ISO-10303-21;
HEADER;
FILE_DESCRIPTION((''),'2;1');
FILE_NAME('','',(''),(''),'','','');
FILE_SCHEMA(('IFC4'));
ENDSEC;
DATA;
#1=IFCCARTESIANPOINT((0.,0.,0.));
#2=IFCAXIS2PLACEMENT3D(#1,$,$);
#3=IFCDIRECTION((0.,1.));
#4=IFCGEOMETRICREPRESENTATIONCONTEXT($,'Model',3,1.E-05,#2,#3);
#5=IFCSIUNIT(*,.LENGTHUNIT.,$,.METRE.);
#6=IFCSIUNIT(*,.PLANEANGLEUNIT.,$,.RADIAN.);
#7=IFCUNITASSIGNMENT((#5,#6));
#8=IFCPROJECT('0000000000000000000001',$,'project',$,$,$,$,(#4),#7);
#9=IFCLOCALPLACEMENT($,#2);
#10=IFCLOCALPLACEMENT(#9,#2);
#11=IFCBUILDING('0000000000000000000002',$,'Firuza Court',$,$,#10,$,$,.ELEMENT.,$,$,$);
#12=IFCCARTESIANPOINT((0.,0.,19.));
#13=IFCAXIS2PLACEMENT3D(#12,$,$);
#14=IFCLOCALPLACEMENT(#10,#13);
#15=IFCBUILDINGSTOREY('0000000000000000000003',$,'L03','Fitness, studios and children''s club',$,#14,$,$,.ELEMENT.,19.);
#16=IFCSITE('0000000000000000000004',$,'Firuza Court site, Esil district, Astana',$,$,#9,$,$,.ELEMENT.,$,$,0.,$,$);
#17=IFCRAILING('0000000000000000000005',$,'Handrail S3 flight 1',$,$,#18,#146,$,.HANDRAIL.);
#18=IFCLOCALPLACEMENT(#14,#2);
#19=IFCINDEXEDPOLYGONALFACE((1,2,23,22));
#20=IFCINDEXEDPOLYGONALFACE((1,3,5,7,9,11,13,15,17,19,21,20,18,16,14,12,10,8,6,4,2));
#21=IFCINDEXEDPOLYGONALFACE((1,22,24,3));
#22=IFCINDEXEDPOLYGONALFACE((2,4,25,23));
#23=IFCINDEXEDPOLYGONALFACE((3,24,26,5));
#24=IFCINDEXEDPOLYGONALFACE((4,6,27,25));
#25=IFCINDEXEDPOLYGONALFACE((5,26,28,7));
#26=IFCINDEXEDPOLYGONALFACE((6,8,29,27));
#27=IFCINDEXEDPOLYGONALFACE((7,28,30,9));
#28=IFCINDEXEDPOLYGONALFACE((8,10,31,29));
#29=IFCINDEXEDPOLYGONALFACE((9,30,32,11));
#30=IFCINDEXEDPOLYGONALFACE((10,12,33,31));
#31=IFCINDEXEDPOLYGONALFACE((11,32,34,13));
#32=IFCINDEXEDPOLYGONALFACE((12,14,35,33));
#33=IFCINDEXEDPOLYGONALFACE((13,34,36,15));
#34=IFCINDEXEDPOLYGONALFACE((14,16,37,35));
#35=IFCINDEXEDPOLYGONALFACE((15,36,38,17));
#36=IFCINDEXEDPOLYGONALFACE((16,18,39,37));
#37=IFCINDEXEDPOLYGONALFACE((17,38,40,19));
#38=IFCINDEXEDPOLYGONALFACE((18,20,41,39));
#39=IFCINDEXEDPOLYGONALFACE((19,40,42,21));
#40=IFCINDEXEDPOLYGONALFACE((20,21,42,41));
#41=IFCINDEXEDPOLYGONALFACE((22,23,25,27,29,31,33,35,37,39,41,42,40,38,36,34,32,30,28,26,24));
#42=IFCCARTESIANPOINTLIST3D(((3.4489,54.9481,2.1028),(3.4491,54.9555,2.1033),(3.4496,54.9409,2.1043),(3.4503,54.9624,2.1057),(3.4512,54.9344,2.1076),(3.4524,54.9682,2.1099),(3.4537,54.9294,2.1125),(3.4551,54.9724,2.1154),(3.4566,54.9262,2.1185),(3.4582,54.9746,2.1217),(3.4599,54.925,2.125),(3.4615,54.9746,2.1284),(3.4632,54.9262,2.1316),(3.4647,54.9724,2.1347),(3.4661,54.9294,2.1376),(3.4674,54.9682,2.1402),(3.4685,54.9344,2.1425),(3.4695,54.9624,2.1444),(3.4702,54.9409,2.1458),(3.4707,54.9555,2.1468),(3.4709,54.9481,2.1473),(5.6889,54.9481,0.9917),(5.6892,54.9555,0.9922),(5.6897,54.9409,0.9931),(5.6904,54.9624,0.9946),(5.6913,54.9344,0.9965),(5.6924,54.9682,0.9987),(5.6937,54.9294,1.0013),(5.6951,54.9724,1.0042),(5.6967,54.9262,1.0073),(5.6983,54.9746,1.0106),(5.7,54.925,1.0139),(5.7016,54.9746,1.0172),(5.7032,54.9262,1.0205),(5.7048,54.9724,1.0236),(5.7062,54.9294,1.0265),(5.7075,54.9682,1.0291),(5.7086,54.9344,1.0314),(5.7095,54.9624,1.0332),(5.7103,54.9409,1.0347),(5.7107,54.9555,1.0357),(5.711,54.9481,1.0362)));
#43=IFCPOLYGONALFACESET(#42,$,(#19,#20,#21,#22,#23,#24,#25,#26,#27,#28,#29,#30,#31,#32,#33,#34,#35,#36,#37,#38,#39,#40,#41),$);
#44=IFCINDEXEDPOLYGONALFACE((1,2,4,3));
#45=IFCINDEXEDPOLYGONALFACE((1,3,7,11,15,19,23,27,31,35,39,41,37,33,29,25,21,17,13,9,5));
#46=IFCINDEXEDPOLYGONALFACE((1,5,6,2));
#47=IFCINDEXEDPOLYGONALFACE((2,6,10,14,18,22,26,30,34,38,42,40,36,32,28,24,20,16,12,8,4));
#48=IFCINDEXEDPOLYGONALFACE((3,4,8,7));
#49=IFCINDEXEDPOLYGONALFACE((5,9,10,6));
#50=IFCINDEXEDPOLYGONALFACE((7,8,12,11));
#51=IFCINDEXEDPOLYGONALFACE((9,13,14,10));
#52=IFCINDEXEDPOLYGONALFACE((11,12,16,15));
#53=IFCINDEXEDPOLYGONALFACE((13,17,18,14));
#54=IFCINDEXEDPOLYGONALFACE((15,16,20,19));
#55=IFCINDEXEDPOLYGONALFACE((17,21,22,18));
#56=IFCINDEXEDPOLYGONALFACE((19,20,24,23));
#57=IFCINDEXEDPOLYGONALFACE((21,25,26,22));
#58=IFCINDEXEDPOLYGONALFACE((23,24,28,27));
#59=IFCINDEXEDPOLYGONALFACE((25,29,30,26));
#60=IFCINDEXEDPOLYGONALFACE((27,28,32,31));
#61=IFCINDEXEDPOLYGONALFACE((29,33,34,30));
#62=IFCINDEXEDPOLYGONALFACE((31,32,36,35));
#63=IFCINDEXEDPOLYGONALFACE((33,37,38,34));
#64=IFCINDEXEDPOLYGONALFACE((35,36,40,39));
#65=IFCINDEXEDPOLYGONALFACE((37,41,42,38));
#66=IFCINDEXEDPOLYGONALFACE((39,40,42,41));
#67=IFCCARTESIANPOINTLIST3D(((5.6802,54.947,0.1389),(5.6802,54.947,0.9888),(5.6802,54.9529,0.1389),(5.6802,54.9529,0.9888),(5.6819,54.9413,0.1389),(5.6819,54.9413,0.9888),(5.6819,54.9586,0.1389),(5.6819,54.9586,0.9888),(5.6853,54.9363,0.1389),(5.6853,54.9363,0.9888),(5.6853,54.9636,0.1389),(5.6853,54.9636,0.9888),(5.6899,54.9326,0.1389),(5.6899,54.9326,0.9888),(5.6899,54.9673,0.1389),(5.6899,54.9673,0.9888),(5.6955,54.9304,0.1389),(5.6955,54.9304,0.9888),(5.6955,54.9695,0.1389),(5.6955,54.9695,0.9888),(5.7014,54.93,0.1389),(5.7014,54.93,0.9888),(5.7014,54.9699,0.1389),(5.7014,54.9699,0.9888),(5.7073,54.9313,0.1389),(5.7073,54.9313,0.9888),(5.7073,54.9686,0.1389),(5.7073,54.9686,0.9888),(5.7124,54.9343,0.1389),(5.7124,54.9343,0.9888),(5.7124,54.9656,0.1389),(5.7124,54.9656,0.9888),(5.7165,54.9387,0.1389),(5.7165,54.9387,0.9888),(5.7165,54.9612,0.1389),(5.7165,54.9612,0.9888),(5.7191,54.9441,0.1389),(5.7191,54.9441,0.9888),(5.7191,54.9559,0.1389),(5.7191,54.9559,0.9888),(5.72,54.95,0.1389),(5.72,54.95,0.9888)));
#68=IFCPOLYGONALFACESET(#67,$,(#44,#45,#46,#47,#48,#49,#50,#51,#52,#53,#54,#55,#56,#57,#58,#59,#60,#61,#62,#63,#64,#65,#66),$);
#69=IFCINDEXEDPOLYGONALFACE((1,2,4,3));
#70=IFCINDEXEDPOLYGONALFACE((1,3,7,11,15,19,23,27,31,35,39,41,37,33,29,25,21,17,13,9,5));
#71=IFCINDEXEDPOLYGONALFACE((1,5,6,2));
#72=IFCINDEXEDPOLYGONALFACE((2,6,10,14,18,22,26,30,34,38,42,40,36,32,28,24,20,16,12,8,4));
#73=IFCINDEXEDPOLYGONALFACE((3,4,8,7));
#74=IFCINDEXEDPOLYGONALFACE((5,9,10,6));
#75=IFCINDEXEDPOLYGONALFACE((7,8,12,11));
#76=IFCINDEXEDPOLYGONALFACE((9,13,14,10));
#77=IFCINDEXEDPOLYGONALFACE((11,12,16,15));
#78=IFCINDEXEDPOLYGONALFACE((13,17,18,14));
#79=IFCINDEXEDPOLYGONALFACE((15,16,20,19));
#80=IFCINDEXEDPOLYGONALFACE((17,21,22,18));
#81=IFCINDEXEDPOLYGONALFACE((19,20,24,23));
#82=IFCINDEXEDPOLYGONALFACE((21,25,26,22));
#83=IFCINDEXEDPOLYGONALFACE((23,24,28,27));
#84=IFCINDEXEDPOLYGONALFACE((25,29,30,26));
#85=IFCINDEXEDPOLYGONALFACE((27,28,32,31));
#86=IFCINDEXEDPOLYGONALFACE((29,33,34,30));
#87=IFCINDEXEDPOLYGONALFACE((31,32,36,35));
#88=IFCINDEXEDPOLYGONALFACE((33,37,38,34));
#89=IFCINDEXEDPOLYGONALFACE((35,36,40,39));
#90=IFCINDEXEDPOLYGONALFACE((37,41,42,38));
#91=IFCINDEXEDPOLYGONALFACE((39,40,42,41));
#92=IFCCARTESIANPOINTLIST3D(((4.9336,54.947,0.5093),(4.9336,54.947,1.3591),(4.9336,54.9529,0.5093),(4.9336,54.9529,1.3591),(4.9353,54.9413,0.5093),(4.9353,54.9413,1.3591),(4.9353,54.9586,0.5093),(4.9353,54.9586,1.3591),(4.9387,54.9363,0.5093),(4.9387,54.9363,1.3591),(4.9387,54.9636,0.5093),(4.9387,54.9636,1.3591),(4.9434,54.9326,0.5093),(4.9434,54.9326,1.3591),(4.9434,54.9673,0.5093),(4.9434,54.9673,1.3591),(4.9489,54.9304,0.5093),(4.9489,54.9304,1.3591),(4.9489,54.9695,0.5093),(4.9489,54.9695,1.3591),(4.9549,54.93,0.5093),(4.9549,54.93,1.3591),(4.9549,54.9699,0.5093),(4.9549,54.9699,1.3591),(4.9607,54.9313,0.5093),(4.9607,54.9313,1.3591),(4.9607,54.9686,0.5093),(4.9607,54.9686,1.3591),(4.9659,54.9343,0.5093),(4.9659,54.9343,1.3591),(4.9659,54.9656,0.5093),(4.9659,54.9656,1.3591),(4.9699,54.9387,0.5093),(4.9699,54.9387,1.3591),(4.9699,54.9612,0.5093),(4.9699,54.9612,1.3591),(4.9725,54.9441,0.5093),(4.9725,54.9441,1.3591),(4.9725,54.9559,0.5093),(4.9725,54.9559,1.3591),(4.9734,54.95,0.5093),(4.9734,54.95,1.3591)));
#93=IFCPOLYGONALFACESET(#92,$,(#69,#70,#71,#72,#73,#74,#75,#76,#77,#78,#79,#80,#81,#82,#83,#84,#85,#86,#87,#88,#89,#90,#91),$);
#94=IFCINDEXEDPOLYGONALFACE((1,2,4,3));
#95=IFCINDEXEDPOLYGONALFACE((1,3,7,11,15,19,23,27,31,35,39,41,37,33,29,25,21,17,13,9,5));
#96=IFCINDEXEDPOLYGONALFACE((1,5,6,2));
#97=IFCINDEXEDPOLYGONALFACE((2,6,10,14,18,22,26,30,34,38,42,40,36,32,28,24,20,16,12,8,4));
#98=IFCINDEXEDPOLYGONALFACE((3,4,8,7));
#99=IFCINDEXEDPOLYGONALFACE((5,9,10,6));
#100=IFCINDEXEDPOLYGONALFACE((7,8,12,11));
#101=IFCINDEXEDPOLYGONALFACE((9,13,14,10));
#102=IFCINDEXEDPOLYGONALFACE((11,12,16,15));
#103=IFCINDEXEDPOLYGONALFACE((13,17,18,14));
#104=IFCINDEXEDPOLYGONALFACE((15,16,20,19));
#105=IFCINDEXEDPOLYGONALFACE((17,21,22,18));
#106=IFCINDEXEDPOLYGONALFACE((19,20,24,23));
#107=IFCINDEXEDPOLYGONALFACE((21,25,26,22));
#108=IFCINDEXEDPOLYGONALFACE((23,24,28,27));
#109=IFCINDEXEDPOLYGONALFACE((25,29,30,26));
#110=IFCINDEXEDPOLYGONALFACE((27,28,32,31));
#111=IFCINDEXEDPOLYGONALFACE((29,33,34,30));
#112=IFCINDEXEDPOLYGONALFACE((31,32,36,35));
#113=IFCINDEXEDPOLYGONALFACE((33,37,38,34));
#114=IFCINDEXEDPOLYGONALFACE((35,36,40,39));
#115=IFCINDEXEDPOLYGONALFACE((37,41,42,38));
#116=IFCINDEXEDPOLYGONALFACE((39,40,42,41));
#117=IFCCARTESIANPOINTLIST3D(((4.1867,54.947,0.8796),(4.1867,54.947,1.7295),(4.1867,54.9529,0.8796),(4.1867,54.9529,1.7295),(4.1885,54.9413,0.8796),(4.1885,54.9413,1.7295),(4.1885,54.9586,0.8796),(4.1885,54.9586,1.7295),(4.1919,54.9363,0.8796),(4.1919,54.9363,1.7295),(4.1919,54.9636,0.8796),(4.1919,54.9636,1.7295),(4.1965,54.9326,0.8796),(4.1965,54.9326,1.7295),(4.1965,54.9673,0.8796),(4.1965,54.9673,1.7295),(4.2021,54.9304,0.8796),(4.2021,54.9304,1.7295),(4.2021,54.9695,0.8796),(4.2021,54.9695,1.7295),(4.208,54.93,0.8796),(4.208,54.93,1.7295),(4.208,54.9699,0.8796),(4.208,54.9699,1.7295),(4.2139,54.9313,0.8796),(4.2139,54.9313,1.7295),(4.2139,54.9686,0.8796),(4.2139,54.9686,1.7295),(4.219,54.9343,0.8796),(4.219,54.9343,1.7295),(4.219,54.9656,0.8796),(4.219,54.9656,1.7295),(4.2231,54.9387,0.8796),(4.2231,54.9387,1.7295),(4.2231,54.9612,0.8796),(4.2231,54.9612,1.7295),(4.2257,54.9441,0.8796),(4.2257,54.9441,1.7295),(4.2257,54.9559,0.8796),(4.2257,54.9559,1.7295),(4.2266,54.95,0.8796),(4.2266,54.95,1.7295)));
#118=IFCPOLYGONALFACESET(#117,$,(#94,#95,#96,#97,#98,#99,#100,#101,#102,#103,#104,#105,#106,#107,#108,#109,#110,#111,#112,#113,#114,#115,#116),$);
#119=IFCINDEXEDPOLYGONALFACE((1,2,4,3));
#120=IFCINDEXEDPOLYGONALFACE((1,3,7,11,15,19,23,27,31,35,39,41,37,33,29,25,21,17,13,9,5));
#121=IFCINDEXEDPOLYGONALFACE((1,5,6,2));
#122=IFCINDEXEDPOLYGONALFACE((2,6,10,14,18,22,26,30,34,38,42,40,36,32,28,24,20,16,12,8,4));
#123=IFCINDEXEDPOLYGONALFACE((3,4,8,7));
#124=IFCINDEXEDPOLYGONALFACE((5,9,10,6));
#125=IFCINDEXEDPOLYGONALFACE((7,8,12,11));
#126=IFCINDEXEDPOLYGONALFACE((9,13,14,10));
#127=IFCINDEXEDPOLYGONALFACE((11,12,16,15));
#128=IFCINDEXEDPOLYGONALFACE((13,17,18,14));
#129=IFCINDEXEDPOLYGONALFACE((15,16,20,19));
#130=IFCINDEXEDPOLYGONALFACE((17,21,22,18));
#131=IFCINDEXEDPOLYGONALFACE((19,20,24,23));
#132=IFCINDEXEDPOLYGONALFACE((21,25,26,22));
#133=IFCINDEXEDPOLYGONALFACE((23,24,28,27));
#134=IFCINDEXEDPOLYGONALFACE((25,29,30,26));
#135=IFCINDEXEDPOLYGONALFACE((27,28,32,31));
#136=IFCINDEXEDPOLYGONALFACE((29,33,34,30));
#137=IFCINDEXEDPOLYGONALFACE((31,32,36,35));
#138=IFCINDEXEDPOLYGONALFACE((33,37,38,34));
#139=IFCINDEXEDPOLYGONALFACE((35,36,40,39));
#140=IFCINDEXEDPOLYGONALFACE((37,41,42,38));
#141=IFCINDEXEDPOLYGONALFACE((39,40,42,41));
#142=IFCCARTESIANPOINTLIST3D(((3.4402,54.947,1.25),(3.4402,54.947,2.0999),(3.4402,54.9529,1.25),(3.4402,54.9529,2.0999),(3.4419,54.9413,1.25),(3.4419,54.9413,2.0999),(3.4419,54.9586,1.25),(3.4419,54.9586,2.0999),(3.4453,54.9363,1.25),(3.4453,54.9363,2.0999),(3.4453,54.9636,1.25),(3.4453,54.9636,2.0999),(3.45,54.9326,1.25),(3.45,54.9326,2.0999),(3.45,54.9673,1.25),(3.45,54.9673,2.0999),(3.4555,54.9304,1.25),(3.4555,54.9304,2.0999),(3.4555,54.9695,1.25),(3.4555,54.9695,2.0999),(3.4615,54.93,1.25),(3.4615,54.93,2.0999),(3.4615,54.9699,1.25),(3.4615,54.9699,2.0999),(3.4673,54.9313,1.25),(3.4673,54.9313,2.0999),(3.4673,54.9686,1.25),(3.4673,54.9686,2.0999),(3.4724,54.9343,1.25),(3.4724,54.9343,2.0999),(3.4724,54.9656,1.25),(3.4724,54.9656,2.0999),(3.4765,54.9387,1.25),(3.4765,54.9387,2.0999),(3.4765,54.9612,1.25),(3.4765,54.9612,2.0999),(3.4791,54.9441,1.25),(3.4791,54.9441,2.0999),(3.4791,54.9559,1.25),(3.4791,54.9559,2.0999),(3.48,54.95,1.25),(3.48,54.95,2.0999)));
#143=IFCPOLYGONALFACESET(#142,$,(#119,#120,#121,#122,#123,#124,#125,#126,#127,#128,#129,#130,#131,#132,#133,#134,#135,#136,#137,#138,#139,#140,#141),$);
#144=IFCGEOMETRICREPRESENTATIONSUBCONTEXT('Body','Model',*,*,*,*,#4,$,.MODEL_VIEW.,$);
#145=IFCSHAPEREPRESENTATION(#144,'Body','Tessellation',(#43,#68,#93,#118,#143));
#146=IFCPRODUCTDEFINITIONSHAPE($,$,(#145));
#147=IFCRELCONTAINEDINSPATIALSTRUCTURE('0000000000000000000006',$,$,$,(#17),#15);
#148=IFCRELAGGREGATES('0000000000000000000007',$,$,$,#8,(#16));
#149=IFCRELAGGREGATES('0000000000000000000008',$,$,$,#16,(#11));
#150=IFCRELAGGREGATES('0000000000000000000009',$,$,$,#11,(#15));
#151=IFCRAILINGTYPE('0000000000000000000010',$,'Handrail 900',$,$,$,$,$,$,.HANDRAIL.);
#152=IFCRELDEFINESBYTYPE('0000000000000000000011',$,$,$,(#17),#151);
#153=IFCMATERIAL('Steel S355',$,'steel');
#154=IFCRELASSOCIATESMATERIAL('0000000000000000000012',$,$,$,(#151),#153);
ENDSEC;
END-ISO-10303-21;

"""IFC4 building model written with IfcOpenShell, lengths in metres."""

from ifc_helpers import new_model, si_unit, direction, frame, origin, origin_2d, place, context, subcontext, project, spatial, circle, extrude, material, type_object, element, save


model = new_model("IFC4")

# Units and contexts
model_context = context("Model", 3, precision=1e-05, world=origin(), true_north=direction((0.0, 1.0)))
body_context = subcontext(model_context, "Body", "Model", "MODEL_VIEW")
ifc_project = project(units=[si_unit("LENGTHUNIT", "METRE"), si_unit("PLANEANGLEUNIT", "RADIAN")], contexts=[model_context])

# Site, building, storey
site_placement = place(None, origin())
site = spatial("IfcSite", under=ifc_project, at=site_placement, Name="Firuza Court site, Esil district, Astana", CompositionType="ELEMENT", RefElevation=0.0)
building_placement = place(site_placement, origin())
building = spatial("IfcBuilding", under=site, at=building_placement, Name="Firuza Court", CompositionType="ELEMENT")
storey_placement = place(building_placement, frame((0.0, 0.0, 19.0)))
storey = spatial("IfcBuildingStorey", under=building, at=storey_placement, Name="L03", Description="Fitness, studios and children's club", CompositionType="ELEMENT", Elevation=19.0)

# Railing
ifc_material_1 = material(Name="Steel S355", Category="steel")
railing_type_1 = type_object("IfcRailingType", Name="Handrail 900", PredefinedType="HANDRAIL", material=ifc_material_1)
railing_1_placement = place(storey_placement, frame((5.7, 54.95, 0.1389)))
element("IfcRailing", 1, at=railing_1_placement, inside=storey, type_object=railing_type_1, Name="Handrail S3 flight 1", PredefinedType="HANDRAIL", context=body_context, shape_type="SweptSolid", body=[
    extrude(circle(Radius=0.0249, at=origin_2d()), frame((0.0, 0.0, 0.875), z_axis=(-0.895848, 0.0, 0.44436), x_axis=(0.0, -1.0, 0.0)), (0.0, 0.0, 1.0), 2.5005),
    extrude(circle(Radius=0.02, at=origin_2d()), origin(), (0.0, 0.0, 1.0), 0.8499),
    extrude(circle(Radius=0.02, at=origin_2d()), frame((-0.7466, 0.0, 0.3704)), (0.0, 0.0, 1.0), 0.8499),
    extrude(circle(Radius=0.02, at=origin_2d()), frame((-1.4934, 0.0, 0.7407)), (0.0, 0.0, 1.0), 0.8499),
    extrude(circle(Radius=0.02, at=origin_2d()), frame((-2.24, 0.0, 1.1111)), (0.0, 0.0, 1.0), 0.8499),
])

save(model, "model.ifc")
